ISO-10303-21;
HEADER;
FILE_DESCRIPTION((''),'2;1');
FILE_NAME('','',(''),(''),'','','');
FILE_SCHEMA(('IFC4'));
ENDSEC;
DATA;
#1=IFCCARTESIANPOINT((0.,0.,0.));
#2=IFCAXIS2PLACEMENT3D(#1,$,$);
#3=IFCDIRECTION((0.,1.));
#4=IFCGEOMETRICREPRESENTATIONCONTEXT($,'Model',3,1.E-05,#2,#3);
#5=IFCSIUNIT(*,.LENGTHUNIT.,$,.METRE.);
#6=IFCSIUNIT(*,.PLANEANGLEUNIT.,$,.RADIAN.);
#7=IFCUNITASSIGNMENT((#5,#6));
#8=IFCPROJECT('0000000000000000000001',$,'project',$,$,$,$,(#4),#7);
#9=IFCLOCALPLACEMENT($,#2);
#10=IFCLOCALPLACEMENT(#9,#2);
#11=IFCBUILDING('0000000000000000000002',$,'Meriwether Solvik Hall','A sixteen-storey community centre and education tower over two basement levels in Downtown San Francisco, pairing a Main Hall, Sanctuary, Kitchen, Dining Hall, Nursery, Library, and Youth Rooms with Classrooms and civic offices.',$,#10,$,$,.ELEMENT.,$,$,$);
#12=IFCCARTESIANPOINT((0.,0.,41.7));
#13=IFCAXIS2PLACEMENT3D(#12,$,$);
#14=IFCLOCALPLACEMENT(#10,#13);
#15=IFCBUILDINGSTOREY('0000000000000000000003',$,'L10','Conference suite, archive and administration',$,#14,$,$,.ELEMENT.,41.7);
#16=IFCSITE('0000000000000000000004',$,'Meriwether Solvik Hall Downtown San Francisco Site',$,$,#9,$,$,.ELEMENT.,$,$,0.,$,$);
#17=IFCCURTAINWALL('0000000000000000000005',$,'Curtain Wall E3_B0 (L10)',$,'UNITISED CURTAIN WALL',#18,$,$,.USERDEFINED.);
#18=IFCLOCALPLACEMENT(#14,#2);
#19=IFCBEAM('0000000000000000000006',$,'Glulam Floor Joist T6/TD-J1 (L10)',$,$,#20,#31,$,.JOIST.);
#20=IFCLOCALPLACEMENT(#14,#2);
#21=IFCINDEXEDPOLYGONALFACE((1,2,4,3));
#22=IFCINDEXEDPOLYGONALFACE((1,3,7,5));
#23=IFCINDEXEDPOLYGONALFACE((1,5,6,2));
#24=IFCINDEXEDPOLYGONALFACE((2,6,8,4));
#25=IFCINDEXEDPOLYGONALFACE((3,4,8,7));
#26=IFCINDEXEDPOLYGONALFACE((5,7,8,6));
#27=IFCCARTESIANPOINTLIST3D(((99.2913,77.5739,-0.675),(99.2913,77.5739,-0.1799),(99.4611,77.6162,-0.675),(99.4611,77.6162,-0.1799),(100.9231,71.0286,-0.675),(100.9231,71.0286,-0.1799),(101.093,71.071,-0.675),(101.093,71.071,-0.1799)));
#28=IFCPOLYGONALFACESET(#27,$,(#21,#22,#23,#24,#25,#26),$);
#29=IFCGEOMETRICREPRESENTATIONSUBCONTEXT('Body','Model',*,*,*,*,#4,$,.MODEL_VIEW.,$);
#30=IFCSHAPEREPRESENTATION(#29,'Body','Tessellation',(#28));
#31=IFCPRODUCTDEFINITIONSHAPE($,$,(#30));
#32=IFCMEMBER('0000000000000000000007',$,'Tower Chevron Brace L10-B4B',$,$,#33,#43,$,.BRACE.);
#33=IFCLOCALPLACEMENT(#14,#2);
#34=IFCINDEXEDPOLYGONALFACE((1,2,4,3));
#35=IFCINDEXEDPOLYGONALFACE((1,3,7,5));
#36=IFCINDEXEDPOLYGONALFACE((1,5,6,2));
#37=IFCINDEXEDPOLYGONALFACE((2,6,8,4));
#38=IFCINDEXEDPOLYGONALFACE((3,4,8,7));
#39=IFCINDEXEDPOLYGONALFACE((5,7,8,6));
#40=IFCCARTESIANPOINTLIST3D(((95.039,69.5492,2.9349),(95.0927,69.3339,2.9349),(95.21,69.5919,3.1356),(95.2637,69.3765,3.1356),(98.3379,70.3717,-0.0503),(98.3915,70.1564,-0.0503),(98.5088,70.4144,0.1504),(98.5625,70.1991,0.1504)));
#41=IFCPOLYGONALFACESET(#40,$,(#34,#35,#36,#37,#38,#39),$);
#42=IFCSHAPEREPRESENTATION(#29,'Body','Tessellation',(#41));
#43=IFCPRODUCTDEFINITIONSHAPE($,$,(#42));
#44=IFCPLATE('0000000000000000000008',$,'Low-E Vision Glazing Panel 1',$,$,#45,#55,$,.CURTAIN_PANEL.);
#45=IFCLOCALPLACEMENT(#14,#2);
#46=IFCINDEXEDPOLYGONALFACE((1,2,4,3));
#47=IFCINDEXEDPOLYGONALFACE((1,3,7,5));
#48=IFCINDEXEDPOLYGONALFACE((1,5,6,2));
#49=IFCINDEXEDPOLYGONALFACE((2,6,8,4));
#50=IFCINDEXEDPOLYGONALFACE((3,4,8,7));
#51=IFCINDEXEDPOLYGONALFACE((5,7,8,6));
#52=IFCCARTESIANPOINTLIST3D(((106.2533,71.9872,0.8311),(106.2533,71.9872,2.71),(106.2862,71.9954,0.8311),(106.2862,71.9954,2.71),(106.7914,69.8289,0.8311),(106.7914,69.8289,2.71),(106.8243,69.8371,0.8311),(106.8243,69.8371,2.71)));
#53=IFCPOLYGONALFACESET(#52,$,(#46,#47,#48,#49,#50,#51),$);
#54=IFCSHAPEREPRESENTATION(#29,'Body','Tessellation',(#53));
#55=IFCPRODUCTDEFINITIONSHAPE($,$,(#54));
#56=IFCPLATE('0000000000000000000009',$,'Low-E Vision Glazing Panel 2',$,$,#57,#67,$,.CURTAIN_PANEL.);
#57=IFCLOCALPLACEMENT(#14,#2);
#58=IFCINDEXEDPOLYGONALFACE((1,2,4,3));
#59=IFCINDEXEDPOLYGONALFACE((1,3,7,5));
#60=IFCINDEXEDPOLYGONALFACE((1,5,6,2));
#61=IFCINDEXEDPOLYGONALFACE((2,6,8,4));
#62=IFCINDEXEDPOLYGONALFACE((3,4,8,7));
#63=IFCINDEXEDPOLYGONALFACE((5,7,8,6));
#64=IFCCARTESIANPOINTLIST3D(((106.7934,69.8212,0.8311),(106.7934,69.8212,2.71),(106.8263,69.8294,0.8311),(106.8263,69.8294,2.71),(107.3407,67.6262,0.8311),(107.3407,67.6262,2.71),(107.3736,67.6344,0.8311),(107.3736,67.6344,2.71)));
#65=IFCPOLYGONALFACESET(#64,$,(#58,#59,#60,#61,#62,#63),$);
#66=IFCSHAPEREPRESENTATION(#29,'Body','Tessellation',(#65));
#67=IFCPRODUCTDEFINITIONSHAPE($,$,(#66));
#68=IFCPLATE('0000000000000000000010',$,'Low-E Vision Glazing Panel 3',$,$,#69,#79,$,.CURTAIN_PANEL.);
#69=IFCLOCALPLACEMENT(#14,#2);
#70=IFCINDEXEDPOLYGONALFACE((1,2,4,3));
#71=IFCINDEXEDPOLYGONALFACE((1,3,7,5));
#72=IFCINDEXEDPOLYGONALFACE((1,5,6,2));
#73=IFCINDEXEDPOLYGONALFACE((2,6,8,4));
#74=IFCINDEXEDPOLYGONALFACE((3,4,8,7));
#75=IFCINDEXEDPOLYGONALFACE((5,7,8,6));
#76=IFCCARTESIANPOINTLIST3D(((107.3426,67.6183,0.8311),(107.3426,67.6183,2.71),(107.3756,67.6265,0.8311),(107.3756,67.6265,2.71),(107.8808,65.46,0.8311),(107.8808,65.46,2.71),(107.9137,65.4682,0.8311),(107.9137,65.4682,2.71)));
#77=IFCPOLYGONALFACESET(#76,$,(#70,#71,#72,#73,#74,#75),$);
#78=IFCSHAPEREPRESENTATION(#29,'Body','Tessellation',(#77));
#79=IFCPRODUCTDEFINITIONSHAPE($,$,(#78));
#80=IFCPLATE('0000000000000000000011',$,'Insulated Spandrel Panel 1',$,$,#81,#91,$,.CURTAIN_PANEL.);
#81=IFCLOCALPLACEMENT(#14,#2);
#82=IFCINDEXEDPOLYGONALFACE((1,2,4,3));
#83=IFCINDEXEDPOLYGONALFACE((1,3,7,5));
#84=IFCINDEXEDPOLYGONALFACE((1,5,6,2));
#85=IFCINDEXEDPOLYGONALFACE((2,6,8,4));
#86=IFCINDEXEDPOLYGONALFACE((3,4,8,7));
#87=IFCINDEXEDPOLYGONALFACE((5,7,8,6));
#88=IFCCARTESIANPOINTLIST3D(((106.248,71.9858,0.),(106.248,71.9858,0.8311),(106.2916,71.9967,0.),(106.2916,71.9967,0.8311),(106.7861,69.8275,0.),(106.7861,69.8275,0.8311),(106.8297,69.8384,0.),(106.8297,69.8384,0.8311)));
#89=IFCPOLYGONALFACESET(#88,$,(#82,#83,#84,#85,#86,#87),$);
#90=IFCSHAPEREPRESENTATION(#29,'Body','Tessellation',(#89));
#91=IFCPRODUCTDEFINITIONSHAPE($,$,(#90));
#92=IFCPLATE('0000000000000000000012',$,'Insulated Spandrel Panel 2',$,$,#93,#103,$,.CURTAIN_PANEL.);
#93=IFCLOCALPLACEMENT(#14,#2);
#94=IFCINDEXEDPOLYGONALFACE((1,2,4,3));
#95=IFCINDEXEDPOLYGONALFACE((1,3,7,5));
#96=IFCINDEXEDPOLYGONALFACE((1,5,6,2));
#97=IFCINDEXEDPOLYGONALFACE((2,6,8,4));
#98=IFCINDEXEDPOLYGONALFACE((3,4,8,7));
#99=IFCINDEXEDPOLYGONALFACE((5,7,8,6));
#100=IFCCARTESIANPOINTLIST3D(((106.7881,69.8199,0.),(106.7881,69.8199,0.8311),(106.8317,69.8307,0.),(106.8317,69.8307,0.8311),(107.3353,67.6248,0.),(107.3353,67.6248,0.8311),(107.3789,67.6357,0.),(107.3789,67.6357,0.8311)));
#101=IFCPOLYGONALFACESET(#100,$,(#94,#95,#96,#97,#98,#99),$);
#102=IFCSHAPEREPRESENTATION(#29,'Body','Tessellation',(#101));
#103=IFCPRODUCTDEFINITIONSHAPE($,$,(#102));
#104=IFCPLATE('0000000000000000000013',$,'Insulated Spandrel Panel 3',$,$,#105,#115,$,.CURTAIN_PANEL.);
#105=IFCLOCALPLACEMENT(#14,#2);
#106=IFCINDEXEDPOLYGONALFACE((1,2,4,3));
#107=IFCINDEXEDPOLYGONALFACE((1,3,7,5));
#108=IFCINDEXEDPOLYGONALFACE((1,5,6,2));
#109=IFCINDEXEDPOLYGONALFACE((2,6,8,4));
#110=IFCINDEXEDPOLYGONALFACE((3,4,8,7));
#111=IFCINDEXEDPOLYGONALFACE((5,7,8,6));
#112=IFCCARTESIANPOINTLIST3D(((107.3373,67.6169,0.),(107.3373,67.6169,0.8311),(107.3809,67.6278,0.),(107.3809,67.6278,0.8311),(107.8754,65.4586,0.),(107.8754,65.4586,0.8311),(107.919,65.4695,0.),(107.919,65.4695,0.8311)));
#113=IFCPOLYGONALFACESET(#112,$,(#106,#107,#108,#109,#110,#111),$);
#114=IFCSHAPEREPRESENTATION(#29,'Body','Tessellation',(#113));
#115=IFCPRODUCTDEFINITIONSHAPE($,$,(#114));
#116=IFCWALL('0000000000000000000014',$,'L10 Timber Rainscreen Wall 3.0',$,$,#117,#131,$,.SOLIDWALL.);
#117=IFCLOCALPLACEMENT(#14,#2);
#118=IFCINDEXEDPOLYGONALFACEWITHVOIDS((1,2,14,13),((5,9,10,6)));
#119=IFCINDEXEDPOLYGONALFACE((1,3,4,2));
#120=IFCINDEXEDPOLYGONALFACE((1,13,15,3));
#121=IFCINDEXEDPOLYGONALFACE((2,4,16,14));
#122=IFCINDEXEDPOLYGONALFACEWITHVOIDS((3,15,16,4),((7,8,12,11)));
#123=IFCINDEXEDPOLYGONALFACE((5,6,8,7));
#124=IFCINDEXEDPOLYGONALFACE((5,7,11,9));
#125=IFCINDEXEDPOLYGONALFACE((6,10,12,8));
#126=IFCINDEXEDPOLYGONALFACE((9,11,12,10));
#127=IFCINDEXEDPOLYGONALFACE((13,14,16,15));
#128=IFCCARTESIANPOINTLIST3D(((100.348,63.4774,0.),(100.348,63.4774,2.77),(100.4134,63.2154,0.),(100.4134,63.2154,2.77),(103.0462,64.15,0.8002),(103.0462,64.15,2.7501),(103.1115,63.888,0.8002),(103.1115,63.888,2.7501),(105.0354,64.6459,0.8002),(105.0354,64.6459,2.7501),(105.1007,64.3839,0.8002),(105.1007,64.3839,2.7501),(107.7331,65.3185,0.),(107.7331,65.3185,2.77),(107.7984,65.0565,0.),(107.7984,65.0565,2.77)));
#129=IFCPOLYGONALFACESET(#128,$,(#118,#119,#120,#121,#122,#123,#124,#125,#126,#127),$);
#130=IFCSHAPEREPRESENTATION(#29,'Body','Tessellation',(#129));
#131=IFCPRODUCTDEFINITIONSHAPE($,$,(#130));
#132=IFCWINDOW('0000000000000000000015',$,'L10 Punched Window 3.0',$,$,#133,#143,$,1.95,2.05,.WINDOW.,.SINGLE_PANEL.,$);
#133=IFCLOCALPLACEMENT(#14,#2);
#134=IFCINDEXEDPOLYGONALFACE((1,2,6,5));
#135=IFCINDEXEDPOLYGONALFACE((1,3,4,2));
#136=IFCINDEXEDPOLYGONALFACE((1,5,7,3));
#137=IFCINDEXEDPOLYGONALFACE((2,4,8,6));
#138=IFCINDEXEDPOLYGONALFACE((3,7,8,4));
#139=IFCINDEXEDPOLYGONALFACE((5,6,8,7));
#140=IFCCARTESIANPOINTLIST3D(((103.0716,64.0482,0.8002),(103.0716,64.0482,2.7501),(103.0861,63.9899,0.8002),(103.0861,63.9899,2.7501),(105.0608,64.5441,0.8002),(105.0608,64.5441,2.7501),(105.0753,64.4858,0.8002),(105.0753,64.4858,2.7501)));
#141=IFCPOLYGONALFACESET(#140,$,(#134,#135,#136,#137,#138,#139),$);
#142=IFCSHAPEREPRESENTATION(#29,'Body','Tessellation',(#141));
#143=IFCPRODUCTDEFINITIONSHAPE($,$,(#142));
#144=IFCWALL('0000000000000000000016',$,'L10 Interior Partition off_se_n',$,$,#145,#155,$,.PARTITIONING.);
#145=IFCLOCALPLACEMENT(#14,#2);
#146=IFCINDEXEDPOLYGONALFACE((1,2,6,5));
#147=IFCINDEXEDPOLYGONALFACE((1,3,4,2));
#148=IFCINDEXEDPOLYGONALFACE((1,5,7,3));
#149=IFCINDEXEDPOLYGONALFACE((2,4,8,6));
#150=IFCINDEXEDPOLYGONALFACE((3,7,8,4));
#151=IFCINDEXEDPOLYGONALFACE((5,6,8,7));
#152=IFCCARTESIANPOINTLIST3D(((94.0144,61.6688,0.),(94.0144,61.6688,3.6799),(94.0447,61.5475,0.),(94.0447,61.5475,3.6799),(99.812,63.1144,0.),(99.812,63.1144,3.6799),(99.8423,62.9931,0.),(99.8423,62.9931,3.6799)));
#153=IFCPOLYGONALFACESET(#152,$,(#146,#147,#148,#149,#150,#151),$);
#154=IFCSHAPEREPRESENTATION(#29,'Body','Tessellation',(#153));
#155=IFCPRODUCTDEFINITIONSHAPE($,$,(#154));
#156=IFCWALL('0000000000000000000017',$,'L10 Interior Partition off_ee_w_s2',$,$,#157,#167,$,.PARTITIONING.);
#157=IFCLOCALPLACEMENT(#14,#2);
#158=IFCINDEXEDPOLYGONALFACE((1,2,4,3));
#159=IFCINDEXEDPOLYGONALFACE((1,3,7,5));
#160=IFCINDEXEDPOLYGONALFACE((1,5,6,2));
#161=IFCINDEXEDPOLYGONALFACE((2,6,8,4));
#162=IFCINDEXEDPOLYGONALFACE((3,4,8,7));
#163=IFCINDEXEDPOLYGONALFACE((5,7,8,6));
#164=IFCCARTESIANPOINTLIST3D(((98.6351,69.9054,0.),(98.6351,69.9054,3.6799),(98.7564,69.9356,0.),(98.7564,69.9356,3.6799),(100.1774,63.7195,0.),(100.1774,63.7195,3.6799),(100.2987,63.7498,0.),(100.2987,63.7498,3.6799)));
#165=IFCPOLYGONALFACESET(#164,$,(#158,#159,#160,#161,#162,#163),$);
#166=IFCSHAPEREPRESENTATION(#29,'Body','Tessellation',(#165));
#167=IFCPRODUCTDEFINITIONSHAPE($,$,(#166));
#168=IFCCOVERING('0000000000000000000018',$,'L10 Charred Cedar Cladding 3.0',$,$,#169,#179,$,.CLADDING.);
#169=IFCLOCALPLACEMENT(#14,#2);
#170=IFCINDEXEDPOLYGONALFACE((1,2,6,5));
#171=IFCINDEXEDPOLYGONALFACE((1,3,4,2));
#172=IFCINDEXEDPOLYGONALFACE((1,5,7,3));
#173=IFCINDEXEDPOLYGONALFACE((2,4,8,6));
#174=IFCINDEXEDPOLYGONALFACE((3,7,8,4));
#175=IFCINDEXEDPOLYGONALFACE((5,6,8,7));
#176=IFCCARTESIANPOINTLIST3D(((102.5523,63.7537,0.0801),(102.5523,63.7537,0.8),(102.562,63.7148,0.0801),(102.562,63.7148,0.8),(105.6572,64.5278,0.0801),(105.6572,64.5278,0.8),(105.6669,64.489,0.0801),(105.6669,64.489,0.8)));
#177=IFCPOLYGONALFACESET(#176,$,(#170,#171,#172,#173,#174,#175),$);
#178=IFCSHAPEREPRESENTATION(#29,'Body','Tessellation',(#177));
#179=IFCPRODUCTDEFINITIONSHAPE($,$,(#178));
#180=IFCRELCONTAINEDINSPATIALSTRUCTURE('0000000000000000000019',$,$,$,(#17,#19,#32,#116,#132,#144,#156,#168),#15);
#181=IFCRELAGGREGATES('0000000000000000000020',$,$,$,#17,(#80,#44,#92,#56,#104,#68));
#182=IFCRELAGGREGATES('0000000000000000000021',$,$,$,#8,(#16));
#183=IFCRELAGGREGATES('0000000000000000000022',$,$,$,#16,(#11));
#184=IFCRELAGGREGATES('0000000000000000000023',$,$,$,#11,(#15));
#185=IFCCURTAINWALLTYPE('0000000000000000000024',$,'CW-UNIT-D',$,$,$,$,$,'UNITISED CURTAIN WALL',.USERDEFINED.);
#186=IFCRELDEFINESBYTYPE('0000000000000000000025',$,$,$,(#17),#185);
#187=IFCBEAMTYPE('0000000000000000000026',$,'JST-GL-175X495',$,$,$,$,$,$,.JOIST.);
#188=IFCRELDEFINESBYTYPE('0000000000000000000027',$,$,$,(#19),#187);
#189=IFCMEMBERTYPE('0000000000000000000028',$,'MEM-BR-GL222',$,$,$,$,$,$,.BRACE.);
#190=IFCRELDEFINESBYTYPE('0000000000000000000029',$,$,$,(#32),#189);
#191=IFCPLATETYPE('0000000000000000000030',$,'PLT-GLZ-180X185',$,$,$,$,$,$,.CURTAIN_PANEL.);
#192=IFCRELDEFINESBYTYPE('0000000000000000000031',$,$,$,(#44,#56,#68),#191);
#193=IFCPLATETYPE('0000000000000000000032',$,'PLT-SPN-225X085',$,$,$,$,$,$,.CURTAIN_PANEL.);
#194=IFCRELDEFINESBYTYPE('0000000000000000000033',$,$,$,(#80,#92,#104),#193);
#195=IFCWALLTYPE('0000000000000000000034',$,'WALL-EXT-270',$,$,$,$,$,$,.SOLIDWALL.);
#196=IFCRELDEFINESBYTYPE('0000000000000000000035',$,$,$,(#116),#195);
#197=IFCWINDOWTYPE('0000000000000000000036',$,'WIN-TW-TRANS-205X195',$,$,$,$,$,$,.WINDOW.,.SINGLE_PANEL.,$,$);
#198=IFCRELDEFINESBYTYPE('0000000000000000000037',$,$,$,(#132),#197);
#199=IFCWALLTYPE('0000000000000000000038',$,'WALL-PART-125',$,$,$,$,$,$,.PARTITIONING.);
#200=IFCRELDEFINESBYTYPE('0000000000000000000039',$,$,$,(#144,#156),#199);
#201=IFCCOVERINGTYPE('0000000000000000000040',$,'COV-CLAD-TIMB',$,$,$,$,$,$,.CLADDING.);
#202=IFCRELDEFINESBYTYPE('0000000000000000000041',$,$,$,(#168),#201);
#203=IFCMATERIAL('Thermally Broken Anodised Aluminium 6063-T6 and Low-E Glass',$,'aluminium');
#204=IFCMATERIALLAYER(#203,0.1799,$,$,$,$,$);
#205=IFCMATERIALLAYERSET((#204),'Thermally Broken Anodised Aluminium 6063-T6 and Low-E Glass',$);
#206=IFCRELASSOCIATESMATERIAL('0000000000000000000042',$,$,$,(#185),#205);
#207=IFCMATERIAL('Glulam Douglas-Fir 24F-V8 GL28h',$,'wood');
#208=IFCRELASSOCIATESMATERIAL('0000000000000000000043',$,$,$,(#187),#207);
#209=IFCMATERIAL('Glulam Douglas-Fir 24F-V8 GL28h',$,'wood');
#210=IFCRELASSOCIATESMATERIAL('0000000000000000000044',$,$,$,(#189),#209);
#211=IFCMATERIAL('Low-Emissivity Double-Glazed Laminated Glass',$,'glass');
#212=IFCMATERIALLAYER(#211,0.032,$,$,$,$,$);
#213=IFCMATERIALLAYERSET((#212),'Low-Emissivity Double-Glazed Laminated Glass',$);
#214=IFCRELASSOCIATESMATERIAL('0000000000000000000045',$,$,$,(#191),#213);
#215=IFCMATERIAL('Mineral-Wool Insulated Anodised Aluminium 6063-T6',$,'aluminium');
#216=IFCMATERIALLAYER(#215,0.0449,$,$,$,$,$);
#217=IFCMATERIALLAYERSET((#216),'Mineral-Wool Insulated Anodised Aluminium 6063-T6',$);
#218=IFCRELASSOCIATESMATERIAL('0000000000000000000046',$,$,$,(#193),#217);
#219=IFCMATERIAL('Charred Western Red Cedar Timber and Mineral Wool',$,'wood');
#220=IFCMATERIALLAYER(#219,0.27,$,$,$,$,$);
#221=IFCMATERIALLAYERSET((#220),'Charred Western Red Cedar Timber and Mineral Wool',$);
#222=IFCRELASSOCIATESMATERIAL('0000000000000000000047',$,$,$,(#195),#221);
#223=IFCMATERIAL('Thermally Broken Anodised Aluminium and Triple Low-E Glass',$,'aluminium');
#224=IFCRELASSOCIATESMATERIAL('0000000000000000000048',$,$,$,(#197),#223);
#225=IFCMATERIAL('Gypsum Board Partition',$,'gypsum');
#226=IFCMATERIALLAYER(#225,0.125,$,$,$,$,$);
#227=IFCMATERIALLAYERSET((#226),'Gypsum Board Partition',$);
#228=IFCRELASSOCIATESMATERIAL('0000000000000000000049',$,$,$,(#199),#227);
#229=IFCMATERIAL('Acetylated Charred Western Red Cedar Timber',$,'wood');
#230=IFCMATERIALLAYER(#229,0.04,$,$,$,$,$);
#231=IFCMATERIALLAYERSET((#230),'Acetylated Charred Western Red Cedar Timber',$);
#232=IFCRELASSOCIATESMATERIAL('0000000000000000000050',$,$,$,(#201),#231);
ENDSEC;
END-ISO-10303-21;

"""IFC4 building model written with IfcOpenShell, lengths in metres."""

from ifc_helpers import new_model, si_unit, direction, frame, frame_2d, origin, origin_2d, place, context, subcontext, project, spatial, rectangle, extrude, material, layer, layer_set, material_profile, profile_set, type_object, element, fill, aggregate, save


model = new_model("IFC4")

# Units and contexts
model_context = context("Model", 3, precision=1e-05, world=origin(), true_north=direction((0.0, 1.0)))
body_context = subcontext(model_context, "Body", "Model", "MODEL_VIEW")
ifc_project = project(units=[si_unit("LENGTHUNIT", "METRE"), si_unit("PLANEANGLEUNIT", "RADIAN")], contexts=[model_context])

# Site, building, storey
site_placement = place(None, origin())
site = spatial("IfcSite", under=ifc_project, at=site_placement, Name="Meriwether Solvik Hall Downtown San Francisco Site", CompositionType="ELEMENT", RefElevation=0.0)
building_placement = place(site_placement, origin())
building = spatial("IfcBuilding", under=site, at=building_placement, Name="Meriwether Solvik Hall", Description="A sixteen-storey community centre and education tower over two basement levels in Downtown San Francisco, pairing a Main Hall, Sanctuary, Kitchen, Dining Hall, Nursery, Library, and Youth Rooms with Classrooms and civic offices.", CompositionType="ELEMENT")
storey_placement = place(building_placement, frame((0.0, 0.0, 41.7)))
storey = spatial("IfcBuildingStorey", under=building, at=storey_placement, Name="L10", Description="Conference suite, archive and administration", CompositionType="ELEMENT", Elevation=41.7)

# Curtain wall
ifc_material_1 = material(Name="Thermally Broken Anodised Aluminium 6063-T6 and Low-E Glass", Category="aluminium")
ifc_layer_1 = layer(ifc_material_1, 0.1799)
ifc_layer_set_1 = layer_set([ifc_layer_1], Name="Thermally Broken Anodised Aluminium 6063-T6 and Low-E Glass")
curtain_wall_type_1 = type_object("IfcCurtainWallType", Name="CW-UNIT-D", ElementType="UNITISED CURTAIN WALL", PredefinedType="USERDEFINED", material=ifc_layer_set_1)
curtain_wall_1_placement = place(storey_placement, origin())
curtain_wall_1 = element("IfcCurtainWall", 1, at=curtain_wall_1_placement, inside=storey, type_object=curtain_wall_type_1, Name="Curtain Wall E3_B0 (L10)", ObjectType="UNITISED CURTAIN WALL", PredefinedType="USERDEFINED")

# Beam
ifc_material_2 = material(Name="Glulam Douglas-Fir 24F-V8 GL28h", Category="wood")
ifc_material_profile_1 = material_profile(ifc_material_2, rectangle(XDim=0.175, YDim=0.4951, at=origin_2d()), Name="GLJ-175X495")
ifc_profile_set_1 = profile_set([ifc_material_profile_1], Name="Glulam Douglas-Fir 24F-V8 GL28h")
beam_type_1 = type_object("IfcBeamType", Name="JST-GL-175X495", PredefinedType="JOIST", material=ifc_profile_set_1)
beam_1_placement = place(storey_placement, frame((101.0081, 71.0498, -0.4275), z_axis=(-0.241914, 0.970298, 0.0), x_axis=(-0.970298, -0.241914, 0.0)))
element("IfcBeam", 2, at=beam_1_placement, inside=storey, type_object=beam_type_1, Name="Glulam Floor Joist T6/TD-J1 (L10)", PredefinedType="JOIST", context=body_context, shape_type="SweptSolid", body=[
    extrude(rectangle(XDim=0.175, YDim=0.4951, at=origin_2d()), origin(), (0.0, 0.0, 1.0), 6.7456),
])

# Member
ifc_material_3 = material(Name="Glulam Douglas-Fir 24F-V8 GL28h", Category="wood")
ifc_material_profile_2 = material_profile(ifc_material_3, rectangle(XDim=0.2219, YDim=0.2671, at=origin_2d()), Name="GLM-222X267")
ifc_profile_set_2 = profile_set([ifc_material_profile_2], Name="Glulam Douglas-Fir 24F-V8 GL28h")
member_type_1 = type_object("IfcMemberType", Name="MEM-BR-GL222", PredefinedType="BRACE", material=ifc_profile_set_2)
member_1_placement = place(storey_placement, frame((98.4502, 70.2854, 0.05), z_axis=(-0.729129, -0.181797, 0.659788), x_axis=(0.241927, -0.970294, 0.0)))
element("IfcMember", 3, at=member_1_placement, inside=storey, type_object=member_type_1, Name="Tower Chevron Brace L10-B4B", PredefinedType="BRACE", context=body_context, shape_type="SweptSolid", body=[
    extrude(rectangle(XDim=0.2219, YDim=0.2671, at=origin_2d()), origin(), (0.0, 0.0, 1.0), 4.5244),
])

# Plates
ifc_material_4 = material(Name="Low-Emissivity Double-Glazed Laminated Glass", Category="glass")
ifc_layer_2 = layer(ifc_material_4, 0.032)
ifc_layer_set_2 = layer_set([ifc_layer_2], Name="Low-Emissivity Double-Glazed Laminated Glass")
plate_type_1 = type_object("IfcPlateType", Name="PLT-GLZ-180X185", PredefinedType="CURTAIN_PANEL", material=ifc_layer_set_2)
plate_1_placement = place(storey_placement, frame((106.5388, 70.9121, 0.8311), z_axis=(0.0, 0.0, 1.0), x_axis=(0.241922, -0.970296, 0.0)))
plate_1 = element("IfcPlate", 4, at=plate_1_placement, type_object=plate_type_1, Name="Low-E Vision Glazing Panel 1", PredefinedType="CURTAIN_PANEL", context=body_context, shape_type="SweptSolid", body=[
    extrude(rectangle(XDim=2.2244, YDim=0.0339, at=origin_2d()), origin(), (0.0, 0.0, 1.0), 1.8789),
])
plate_2_placement = place(storey_placement, frame((107.0835, 68.7278, 0.8311), z_axis=(0.0, 0.0, 1.0), x_axis=(0.241922, -0.970296, 0.0)))
plate_2 = element("IfcPlate", 5, at=plate_2_placement, type_object=plate_type_1, Name="Low-E Vision Glazing Panel 2", PredefinedType="CURTAIN_PANEL", context=body_context, shape_type="SweptSolid", body=[
    extrude(rectangle(XDim=2.2622, YDim=0.0339, at=origin_2d()), origin(), (0.0, 0.0, 1.0), 1.8789),
])
plate_3_placement = place(storey_placement, frame((107.6282, 66.5432, 0.8311), z_axis=(0.0, 0.0, 1.0), x_axis=(0.241922, -0.970296, 0.0)))
plate_3 = element("IfcPlate", 6, at=plate_3_placement, type_object=plate_type_1, Name="Low-E Vision Glazing Panel 3", PredefinedType="CURTAIN_PANEL", context=body_context, shape_type="SweptSolid", body=[
    extrude(rectangle(XDim=2.2244, YDim=0.0339, at=origin_2d()), origin(), (0.0, 0.0, 1.0), 1.8789),
])
ifc_material_5 = material(Name="Mineral-Wool Insulated Anodised Aluminium 6063-T6", Category="aluminium")
ifc_layer_3 = layer(ifc_material_5, 0.0449)
ifc_layer_set_3 = layer_set([ifc_layer_3], Name="Mineral-Wool Insulated Anodised Aluminium 6063-T6")
plate_type_2 = type_object("IfcPlateType", Name="PLT-SPN-225X085", PredefinedType="CURTAIN_PANEL", material=ifc_layer_set_3)
plate_4_placement = place(storey_placement, frame((106.5388, 70.9121, 0.0), z_axis=(0.0, 0.0, 1.0), x_axis=(0.241922, -0.970296, 0.0)))
plate_4 = element("IfcPlate", 7, at=plate_4_placement, type_object=plate_type_2, Name="Insulated Spandrel Panel 1", PredefinedType="CURTAIN_PANEL", context=body_context, shape_type="SweptSolid", body=[
    extrude(rectangle(XDim=2.2244, YDim=0.0449, at=origin_2d()), origin(), (0.0, 0.0, 1.0), 0.8311),
])
plate_5_placement = place(storey_placement, frame((107.0835, 68.7278, 0.0), z_axis=(0.0, 0.0, 1.0), x_axis=(0.241922, -0.970296, 0.0)))
plate_5 = element("IfcPlate", 8, at=plate_5_placement, type_object=plate_type_2, Name="Insulated Spandrel Panel 2", PredefinedType="CURTAIN_PANEL", context=body_context, shape_type="SweptSolid", body=[
    extrude(rectangle(XDim=2.2622, YDim=0.0449, at=origin_2d()), origin(), (0.0, 0.0, 1.0), 0.8311),
])
plate_6_placement = place(storey_placement, frame((107.6282, 66.5432, 0.0), z_axis=(0.0, 0.0, 1.0), x_axis=(0.241922, -0.970296, 0.0)))
plate_6 = element("IfcPlate", 9, at=plate_6_placement, type_object=plate_type_2, Name="Insulated Spandrel Panel 3", PredefinedType="CURTAIN_PANEL", context=body_context, shape_type="SweptSolid", body=[
    extrude(rectangle(XDim=2.2244, YDim=0.0449, at=origin_2d()), origin(), (0.0, 0.0, 1.0), 0.8311),
])
aggregate(curtain_wall_1, [plate_4, plate_1, plate_5, plate_2, plate_6, plate_3])

# Wall, opening, window
ifc_material_6 = material(Name="Charred Western Red Cedar Timber and Mineral Wool", Category="wood")
ifc_layer_4 = layer(ifc_material_6, 0.27)
ifc_layer_set_4 = layer_set([ifc_layer_4], Name="Charred Western Red Cedar Timber and Mineral Wool")
wall_type_1 = type_object("IfcWallType", Name="WALL-EXT-270", PredefinedType="SOLIDWALL", material=ifc_layer_set_4)
wall_1_placement = place(storey_placement, frame((107.7659, 65.1875, 0.0), z_axis=(0.0, 0.0, 1.0), x_axis=(-0.970303, -0.241894, 0.0)))
wall_1 = element("IfcWall", 10, at=wall_1_placement, inside=storey, type_object=wall_type_1, Name="L10 Timber Rainscreen Wall 3.0", PredefinedType="SOLIDWALL", context=body_context, shape_type="SweptSolid", body=[
    extrude(rectangle(XDim=7.6111, YDim=0.27, at=frame_2d((3.8057, 0.0))), origin(), (0.0, 0.0, 1.0), 2.77),
])
opening_placement = place(wall_1_placement, frame((2.7805, 0.0, 0.8)))
opening = element("IfcOpeningElement", 11, at=opening_placement, cuts=wall_1, PredefinedType="OPENING", context=body_context, shape_type="SweptSolid", body=[
    extrude(rectangle(XDim=2.05, YDim=1.95, at=frame_2d((1.0249, 0.9751))), frame((0.0, 0.147, 0.0), z_axis=(0.0, -1.0, 0.0), x_axis=(1.0, 0.0, 0.0)), (0.0, 0.0, 1.0), 0.2939),
])
ifc_material_7 = material(Name="Thermally Broken Anodised Aluminium and Triple Low-E Glass", Category="aluminium")
window_type = type_object("IfcWindowType", Name="WIN-TW-TRANS-205X195", PartitioningType="SINGLE_PANEL", PredefinedType="WINDOW", material=ifc_material_7)
window_placement = place(opening_placement, origin())
window = element("IfcWindow", 12, at=window_placement, inside=storey, type_object=window_type, Name="L10 Punched Window 3.0", OverallHeight=1.95, OverallWidth=2.05, PartitioningType="SINGLE_PANEL", PredefinedType="WINDOW", context=body_context, shape_type="SweptSolid", body=[
    extrude(rectangle(XDim=2.05, YDim=1.95, at=frame_2d((1.0249, 0.9751))), frame((0.0, 0.03, 0.0), z_axis=(0.0, -1.0, 0.0), x_axis=(1.0, 0.0, 0.0)), (0.0, 0.0, 1.0), 0.0601),
])
fill(opening, window)

# Walls
ifc_material_8 = material(Name="Gypsum Board Partition", Category="gypsum")
ifc_layer_5 = layer(ifc_material_8, 0.125)
ifc_layer_set_5 = layer_set([ifc_layer_5], Name="Gypsum Board Partition")
wall_type_2 = type_object("IfcWallType", Name="WALL-PART-125", PredefinedType="PARTITIONING", material=ifc_layer_set_5)
wall_2_placement = place(storey_placement, frame((99.8271, 63.0537, 0.0), z_axis=(0.0, 0.0, 1.0), x_axis=(-0.970294, -0.24193, 0.0)))
element("IfcWall", 13, at=wall_2_placement, inside=storey, type_object=wall_type_2, Name="L10 Interior Partition off_se_n", PredefinedType="PARTITIONING", context=body_context, shape_type="SweptSolid", body=[
    extrude(rectangle(XDim=5.9751, YDim=0.125, at=frame_2d((2.9875, 0.0))), origin(), (0.0, 0.0, 1.0), 3.6799),
])
wall_3_placement = place(storey_placement, frame((98.6958, 69.9204, 0.0), z_axis=(0.0, 0.0, 1.0), x_axis=(0.241914, -0.970298, 0.0)))
element("IfcWall", 14, at=wall_3_placement, inside=storey, type_object=wall_type_2, Name="L10 Interior Partition off_ee_w_s2", PredefinedType="PARTITIONING", context=body_context, shape_type="SweptSolid", body=[
    extrude(rectangle(XDim=6.3752, YDim=0.125, at=frame_2d((3.1875, 0.0))), origin(), (0.0, 0.0, 1.0), 3.6799),
])

# Covering
ifc_material_9 = material(Name="Acetylated Charred Western Red Cedar Timber", Category="wood")
ifc_layer_6 = layer(ifc_material_9, 0.04)
ifc_layer_set_6 = layer_set([ifc_layer_6], Name="Acetylated Charred Western Red Cedar Timber")
covering_type = type_object("IfcCoveringType", Name="COV-CLAD-TIMB", PredefinedType="CLADDING", material=ifc_layer_set_6)
covering_placement = place(storey_placement, frame((104.1096, 64.1213, 0.0801), z_axis=(0.0, 0.0, 1.0), x_axis=(-0.970296, -0.241922, 0.0)))
element("IfcCovering", 15, at=covering_placement, inside=storey, type_object=covering_type, Name="L10 Charred Cedar Cladding 3.0", PredefinedType="CLADDING", context=body_context, shape_type="SweptSolid", body=[
    extrude(rectangle(XDim=3.2, YDim=0.04, at=origin_2d()), origin(), (0.0, 0.0, 1.0), 0.72),
])

save(model, "model.ifc")
